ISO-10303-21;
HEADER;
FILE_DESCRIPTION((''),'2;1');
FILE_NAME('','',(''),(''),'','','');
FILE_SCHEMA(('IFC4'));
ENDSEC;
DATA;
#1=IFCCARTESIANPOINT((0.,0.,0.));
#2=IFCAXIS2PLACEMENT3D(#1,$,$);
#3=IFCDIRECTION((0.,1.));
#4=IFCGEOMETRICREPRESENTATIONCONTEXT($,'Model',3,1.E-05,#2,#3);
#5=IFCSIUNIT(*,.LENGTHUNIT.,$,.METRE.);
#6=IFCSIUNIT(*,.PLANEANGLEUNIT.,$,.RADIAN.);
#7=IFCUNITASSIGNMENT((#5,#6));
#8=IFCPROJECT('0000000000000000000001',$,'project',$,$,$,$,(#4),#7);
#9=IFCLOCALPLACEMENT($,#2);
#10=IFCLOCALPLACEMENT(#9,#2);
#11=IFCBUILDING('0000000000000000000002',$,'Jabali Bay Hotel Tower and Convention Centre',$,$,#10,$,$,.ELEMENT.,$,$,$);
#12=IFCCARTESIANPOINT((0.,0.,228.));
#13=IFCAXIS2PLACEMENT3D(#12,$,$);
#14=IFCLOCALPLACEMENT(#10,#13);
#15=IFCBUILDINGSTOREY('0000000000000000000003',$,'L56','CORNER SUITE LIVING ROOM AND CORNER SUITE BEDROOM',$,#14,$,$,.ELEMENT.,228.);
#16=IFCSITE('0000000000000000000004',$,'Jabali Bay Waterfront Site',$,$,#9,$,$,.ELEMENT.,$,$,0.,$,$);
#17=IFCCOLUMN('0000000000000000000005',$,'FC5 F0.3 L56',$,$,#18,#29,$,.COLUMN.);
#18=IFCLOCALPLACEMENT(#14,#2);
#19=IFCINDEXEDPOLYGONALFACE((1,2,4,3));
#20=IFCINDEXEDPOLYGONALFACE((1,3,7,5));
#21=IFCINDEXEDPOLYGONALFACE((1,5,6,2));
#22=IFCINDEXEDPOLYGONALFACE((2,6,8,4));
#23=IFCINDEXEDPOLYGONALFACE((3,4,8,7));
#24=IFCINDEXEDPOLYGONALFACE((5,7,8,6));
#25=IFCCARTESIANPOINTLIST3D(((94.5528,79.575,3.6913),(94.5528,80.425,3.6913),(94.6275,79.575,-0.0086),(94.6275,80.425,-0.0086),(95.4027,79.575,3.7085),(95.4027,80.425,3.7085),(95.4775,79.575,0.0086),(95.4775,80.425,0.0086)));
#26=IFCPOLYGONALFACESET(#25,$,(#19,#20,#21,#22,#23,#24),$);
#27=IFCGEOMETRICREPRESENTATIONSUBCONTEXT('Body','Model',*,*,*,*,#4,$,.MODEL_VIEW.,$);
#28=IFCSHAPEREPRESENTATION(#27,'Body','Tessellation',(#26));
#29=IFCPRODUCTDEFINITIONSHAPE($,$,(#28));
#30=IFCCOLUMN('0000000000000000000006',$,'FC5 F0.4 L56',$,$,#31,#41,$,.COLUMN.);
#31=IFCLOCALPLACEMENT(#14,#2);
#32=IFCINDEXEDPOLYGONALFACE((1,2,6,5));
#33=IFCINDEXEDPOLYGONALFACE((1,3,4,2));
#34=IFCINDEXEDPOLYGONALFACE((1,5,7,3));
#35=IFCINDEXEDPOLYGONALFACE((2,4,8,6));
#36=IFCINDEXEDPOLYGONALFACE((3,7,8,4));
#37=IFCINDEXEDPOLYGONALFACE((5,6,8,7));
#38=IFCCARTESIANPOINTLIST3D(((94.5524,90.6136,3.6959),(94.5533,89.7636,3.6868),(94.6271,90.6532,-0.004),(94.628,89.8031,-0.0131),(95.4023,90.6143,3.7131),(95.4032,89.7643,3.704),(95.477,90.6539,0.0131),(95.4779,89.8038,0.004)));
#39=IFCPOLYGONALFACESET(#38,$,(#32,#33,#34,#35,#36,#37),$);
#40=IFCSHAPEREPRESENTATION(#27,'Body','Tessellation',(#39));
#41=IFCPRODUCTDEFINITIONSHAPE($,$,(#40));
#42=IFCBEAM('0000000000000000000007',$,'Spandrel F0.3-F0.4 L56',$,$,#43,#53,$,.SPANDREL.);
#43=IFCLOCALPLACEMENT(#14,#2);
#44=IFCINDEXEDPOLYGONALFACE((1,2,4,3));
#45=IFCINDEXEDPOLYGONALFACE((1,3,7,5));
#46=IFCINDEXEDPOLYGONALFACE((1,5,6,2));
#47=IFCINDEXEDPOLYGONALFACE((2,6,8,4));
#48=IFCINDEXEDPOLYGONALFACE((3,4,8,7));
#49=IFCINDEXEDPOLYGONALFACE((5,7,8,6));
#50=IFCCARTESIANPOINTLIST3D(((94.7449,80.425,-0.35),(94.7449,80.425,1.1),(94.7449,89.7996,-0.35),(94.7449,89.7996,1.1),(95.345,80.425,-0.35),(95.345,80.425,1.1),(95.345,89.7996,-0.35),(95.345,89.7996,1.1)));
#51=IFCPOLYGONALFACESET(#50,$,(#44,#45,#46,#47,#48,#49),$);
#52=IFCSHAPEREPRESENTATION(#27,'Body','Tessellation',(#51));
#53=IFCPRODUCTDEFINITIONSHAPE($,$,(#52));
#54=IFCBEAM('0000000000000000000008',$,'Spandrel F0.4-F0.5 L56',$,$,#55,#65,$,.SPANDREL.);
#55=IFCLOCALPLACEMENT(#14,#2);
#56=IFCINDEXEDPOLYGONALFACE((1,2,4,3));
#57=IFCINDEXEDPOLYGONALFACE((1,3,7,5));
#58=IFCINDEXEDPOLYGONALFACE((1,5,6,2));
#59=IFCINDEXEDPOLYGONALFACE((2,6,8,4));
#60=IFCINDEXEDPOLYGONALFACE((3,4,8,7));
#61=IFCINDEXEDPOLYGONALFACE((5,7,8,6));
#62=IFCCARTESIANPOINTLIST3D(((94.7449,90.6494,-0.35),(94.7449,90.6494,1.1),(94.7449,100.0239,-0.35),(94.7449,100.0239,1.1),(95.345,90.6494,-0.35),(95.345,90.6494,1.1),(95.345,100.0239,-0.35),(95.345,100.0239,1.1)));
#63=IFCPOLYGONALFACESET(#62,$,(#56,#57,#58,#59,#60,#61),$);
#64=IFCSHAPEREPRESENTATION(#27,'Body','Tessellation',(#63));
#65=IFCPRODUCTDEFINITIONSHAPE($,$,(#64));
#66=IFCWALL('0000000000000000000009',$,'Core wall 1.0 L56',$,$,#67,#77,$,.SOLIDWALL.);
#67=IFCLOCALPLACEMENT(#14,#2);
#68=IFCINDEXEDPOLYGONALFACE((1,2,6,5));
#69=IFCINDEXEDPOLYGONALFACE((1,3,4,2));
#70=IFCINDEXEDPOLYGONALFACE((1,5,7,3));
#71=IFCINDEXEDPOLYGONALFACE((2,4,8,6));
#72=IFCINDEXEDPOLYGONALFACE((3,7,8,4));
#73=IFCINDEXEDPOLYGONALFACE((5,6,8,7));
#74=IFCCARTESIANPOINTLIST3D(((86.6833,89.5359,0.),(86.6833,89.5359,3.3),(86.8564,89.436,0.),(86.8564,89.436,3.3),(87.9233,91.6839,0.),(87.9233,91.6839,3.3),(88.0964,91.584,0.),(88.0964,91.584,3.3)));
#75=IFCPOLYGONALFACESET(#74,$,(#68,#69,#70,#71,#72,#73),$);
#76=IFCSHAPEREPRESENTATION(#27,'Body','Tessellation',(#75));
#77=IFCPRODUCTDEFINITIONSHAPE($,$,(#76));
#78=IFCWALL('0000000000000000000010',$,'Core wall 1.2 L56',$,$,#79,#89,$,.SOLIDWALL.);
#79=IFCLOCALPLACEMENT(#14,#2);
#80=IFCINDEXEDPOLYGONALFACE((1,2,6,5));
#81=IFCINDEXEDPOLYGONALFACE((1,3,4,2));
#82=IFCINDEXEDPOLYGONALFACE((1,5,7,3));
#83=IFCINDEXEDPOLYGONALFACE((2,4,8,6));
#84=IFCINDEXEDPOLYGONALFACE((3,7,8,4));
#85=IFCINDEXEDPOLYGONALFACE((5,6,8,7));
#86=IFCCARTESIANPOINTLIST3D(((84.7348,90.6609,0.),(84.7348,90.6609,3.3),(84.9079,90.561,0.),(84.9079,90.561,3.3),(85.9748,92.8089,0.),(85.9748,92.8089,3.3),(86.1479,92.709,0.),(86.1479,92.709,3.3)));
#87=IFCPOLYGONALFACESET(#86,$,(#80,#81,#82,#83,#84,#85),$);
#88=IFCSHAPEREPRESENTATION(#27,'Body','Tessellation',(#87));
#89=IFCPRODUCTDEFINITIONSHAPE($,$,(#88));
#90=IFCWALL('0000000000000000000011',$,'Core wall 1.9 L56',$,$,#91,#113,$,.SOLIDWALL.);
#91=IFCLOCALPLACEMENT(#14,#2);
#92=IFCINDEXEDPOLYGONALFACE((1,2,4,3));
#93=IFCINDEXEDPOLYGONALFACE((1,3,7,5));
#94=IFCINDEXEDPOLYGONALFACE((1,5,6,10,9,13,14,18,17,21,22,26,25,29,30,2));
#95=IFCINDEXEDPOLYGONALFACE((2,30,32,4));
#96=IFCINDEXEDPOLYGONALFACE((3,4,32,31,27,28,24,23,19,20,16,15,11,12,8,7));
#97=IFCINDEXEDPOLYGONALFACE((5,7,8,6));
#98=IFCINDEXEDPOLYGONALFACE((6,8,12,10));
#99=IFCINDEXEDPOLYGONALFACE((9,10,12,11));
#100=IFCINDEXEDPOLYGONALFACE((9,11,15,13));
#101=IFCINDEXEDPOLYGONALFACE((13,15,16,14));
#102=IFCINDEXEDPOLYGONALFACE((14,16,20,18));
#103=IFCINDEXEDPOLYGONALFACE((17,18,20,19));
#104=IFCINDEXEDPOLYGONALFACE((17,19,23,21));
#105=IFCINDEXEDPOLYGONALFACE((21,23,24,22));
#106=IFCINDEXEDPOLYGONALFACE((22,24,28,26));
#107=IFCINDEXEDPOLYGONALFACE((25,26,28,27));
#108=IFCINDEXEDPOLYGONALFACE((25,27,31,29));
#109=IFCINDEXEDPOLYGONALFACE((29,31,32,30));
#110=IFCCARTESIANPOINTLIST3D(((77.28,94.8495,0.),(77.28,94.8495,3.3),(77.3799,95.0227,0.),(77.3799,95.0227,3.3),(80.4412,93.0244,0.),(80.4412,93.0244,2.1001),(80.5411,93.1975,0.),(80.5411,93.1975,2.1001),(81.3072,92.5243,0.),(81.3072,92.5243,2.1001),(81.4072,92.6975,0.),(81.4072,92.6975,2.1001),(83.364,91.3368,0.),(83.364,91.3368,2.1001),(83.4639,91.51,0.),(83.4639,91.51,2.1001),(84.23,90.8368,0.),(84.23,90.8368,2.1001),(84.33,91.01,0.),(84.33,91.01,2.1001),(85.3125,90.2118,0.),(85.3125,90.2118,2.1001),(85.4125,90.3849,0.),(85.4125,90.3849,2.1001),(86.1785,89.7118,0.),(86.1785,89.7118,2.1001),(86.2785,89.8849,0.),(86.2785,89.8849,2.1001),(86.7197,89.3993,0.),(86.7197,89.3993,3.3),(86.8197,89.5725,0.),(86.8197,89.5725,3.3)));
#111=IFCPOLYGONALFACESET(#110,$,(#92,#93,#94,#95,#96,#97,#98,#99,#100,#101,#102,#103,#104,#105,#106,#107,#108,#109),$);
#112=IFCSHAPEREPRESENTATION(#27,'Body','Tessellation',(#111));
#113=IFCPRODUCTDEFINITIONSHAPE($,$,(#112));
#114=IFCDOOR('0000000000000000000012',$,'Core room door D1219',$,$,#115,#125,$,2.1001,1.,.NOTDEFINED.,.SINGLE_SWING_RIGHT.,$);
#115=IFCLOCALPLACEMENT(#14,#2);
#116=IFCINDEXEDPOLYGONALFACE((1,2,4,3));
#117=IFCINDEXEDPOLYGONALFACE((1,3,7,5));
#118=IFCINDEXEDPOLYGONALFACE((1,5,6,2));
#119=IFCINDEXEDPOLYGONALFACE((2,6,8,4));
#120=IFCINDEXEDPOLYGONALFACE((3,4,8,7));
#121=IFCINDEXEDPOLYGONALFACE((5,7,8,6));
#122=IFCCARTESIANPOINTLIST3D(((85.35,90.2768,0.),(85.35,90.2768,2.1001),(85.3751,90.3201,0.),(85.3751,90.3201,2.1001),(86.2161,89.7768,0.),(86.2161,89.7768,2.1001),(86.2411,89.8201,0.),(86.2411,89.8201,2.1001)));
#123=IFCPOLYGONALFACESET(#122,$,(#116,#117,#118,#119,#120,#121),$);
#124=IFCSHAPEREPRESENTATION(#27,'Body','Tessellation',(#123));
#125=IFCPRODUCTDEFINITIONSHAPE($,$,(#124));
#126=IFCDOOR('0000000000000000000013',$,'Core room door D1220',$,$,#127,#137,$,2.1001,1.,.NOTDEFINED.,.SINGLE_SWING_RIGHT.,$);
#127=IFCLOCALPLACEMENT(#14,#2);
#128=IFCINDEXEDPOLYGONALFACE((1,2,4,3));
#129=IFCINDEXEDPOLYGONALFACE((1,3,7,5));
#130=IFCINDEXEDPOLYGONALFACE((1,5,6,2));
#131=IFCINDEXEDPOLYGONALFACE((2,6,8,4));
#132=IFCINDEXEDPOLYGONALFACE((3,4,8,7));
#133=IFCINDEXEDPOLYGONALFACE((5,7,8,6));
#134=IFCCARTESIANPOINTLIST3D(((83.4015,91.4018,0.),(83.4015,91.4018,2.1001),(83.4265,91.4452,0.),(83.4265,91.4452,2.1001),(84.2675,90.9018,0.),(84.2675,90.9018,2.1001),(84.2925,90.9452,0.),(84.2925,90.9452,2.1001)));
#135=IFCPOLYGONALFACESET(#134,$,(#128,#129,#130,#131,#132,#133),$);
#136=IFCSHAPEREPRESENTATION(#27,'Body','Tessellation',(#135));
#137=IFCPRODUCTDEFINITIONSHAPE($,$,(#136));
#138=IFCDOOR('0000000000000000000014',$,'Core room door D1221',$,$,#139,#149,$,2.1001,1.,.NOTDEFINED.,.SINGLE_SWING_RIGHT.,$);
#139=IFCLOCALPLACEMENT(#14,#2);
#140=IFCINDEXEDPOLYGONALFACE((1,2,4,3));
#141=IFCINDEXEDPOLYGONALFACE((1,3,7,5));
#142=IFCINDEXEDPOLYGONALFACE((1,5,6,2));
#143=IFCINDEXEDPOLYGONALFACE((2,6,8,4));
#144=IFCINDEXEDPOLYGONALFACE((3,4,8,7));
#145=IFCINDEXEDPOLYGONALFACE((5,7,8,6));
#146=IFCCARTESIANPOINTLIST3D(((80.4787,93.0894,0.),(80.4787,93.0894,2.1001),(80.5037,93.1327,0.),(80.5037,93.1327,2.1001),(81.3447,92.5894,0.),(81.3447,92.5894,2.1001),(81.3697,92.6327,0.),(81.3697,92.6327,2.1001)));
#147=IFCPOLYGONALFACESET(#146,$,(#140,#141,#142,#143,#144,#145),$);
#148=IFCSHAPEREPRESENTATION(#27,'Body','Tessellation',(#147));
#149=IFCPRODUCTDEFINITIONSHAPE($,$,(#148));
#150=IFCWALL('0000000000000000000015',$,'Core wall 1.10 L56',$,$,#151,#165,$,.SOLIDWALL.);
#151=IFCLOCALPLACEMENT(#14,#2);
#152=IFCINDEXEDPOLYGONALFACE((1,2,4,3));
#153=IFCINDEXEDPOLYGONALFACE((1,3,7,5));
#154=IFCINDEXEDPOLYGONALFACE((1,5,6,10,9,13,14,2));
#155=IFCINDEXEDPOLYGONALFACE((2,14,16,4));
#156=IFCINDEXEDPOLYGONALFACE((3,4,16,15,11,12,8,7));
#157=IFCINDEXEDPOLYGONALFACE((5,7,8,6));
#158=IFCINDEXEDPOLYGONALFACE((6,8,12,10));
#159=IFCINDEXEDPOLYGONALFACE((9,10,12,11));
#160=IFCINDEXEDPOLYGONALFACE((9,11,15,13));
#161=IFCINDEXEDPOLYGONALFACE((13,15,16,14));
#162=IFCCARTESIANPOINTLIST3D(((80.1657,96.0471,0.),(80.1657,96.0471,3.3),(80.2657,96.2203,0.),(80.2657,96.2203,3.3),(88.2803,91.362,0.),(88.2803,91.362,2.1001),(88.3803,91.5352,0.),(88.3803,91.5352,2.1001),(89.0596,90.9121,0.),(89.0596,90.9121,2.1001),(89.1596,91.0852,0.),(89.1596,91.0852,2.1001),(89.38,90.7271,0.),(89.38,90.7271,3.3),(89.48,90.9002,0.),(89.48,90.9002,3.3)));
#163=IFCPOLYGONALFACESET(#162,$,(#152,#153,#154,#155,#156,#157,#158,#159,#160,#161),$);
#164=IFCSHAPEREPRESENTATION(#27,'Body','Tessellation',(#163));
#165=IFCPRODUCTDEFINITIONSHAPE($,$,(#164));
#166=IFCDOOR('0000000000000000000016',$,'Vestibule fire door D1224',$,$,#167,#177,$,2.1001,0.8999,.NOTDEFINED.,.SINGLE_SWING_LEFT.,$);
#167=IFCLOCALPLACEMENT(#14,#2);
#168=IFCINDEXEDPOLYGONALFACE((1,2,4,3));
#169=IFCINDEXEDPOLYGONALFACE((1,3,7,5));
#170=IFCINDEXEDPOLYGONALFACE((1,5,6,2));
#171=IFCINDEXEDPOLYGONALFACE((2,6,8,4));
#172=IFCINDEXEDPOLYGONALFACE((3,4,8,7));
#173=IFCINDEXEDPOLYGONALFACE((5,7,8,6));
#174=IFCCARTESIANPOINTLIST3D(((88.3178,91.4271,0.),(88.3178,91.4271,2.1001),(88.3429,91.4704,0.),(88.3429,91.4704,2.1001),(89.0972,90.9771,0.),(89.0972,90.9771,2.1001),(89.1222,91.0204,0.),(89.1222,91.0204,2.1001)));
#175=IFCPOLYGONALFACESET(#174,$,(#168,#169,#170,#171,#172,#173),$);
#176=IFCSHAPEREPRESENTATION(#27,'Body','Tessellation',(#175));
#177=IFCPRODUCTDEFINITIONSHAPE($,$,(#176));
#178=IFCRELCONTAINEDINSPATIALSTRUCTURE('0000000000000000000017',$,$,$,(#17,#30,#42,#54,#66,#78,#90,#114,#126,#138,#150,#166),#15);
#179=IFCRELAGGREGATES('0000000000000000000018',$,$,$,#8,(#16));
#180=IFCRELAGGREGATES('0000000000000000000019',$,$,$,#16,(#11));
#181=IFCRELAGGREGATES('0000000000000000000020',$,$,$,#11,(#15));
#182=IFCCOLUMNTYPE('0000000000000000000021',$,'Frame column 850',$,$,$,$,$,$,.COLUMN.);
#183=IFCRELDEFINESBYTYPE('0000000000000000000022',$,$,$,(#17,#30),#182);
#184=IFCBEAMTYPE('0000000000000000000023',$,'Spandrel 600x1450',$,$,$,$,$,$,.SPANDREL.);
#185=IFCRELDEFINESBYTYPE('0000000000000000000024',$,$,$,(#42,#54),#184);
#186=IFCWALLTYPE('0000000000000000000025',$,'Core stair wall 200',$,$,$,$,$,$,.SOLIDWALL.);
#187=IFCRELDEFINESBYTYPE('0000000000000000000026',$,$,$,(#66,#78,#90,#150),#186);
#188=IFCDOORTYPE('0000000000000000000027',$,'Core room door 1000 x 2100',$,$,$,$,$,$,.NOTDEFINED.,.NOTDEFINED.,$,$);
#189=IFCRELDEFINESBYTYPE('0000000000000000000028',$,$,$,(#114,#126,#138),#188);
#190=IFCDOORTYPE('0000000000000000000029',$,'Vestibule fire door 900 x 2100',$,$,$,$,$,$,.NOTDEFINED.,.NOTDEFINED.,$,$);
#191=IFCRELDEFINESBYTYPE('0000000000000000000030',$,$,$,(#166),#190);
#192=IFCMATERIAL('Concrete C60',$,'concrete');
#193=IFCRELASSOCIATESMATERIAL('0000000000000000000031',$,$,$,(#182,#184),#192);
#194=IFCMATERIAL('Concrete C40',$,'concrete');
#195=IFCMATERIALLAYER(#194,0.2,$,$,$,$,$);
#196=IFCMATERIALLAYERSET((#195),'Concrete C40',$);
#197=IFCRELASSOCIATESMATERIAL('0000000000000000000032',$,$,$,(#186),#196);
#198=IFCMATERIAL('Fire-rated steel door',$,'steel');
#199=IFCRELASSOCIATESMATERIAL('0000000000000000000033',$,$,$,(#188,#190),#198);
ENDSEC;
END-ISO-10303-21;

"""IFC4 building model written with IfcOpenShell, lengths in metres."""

from ifc_helpers import new_model, si_unit, direction, frame, frame_2d, origin, origin_2d, place, context, subcontext, project, spatial, rectangle, extrude, material, layer, layer_set, material_profile, profile_set, type_object, element, fill, save


model = new_model("IFC4")

# Units and contexts
model_context = context("Model", 3, precision=1e-05, world=origin(), true_north=direction((0.0, 1.0)))
body_context = subcontext(model_context, "Body", "Model", "MODEL_VIEW")
ifc_project = project(units=[si_unit("LENGTHUNIT", "METRE"), si_unit("PLANEANGLEUNIT", "RADIAN")], contexts=[model_context])

# Site, building, storey
site_placement = place(None, origin())
site = spatial("IfcSite", under=ifc_project, at=site_placement, Name="Jabali Bay Waterfront Site", CompositionType="ELEMENT", RefElevation=0.0)
building_placement = place(site_placement, origin())
building = spatial("IfcBuilding", under=site, at=building_placement, Name="Jabali Bay Hotel Tower and Convention Centre", CompositionType="ELEMENT")
storey_placement = place(building_placement, frame((0.0, 0.0, 228.0)))
storey = spatial("IfcBuildingStorey", under=building, at=storey_placement, Name="L56", Description="CORNER SUITE LIVING ROOM AND CORNER SUITE BEDROOM", CompositionType="ELEMENT", Elevation=228.0)

# Columns
ifc_material_1 = material(Name="Concrete C60", Category="concrete")
ifc_material_profile_1 = material_profile(ifc_material_1, rectangle(XDim=0.8501, YDim=0.8501, at=origin_2d()), Name="Frame column 850")
ifc_profile_set_1 = profile_set([ifc_material_profile_1], Name="Concrete C60")
column_type = type_object("IfcColumnType", Name="Frame column 850", PredefinedType="COLUMN", material=ifc_profile_set_1)
column_1_placement = place(storey_placement, frame((95.0525, 80.0, 0.0), z_axis=(-0.020187, 0.0, 0.999796), x_axis=(0.0, -1.0, 0.0)))
element("IfcColumn", 1, at=column_1_placement, inside=storey, type_object=column_type, Name="FC5 F0.3 L56", PredefinedType="COLUMN", context=body_context, shape_type="SweptSolid", body=[
    extrude(rectangle(XDim=0.8501, YDim=0.8501, at=origin_2d()), origin(), (0.0, 0.0, 1.0), 3.7007),
])
column_2_placement = place(storey_placement, frame((95.0525, 90.2285, 0.0), z_axis=(-0.020186, -0.010687, 0.999739), x_axis=(0.999796, 0.000808, 0.020196)))
element("IfcColumn", 2, at=column_2_placement, inside=storey, type_object=column_type, Name="FC5 F0.4 L56", PredefinedType="COLUMN", context=body_context, shape_type="SweptSolid", body=[
    extrude(rectangle(XDim=0.8501, YDim=0.8501, at=origin_2d()), origin(), (0.0, 0.0, 1.0), 3.7009),
])

# Beams
ifc_material_profile_2 = material_profile(ifc_material_1, rectangle(XDim=0.6001, YDim=1.45, at=origin_2d()), Name="Spandrel 600x1450")
ifc_profile_set_2 = profile_set([ifc_material_profile_2], Name="Concrete C60")
beam_type = type_object("IfcBeamType", Name="Spandrel 600x1450", PredefinedType="SPANDREL", material=ifc_profile_set_2)
for number, where, z_axis, x_axis, name in (
    (3, (95.0449, 80.425, 0.375), (0.0, 1.0, 0.0), (-1.0, 0.0, 0.0), "Spandrel F0.3-F0.4 L56"),
    (4, (95.0449, 90.6494, 0.375), (0.0, 1.0, 0.0), (-1.0, 0.0, 0.0), "Spandrel F0.4-F0.5 L56"),
):
    element("IfcBeam", number, at=place(storey_placement, frame(where, z_axis=z_axis, x_axis=x_axis)), inside=storey, type_object=beam_type, Name=name, PredefinedType="SPANDREL", context=body_context, shape_type="SweptSolid", body=[
        extrude(rectangle(XDim=0.6001, YDim=1.45, at=origin_2d()), origin(), (0.0, 0.0, 1.0), 9.3745),
    ])

# Walls
ifc_material_2 = material(Name="Concrete C40", Category="concrete")
ifc_layer_1 = layer(ifc_material_2, 0.2)
ifc_layer_set_1 = layer_set([ifc_layer_1], Name="Concrete C40")
wall_type_1 = type_object("IfcWallType", Name="Core stair wall 200", PredefinedType="SOLIDWALL", material=ifc_layer_set_1)
for number, where, z_axis, x_axis, name in (
    (5, (86.7698, 89.4858, 0.0), (0.0, 0.0, 1.0), (0.499961, 0.866048, 0.0), "Core wall 1.0 L56"),
    (6, (84.8213, 90.6108, 0.0), (0.0, 0.0, 1.0), (0.499961, 0.866048, 0.0), "Core wall 1.2 L56"),
):
    element("IfcWall", number, at=place(storey_placement, frame(where, z_axis=z_axis, x_axis=x_axis)), inside=storey, type_object=wall_type_1, Name=name, PredefinedType="SOLIDWALL", context=body_context, shape_type="SweptSolid", body=[
        extrude(rectangle(XDim=2.4802, YDim=0.2, at=frame_2d((1.2402, 0.0))), origin(), (0.0, 0.0, 1.0), 3.3),
    ])

# Wall, openings, doors
wall_1_placement = place(storey_placement, frame((86.7698, 89.4858, 0.0), z_axis=(0.0, 0.0, 1.0), x_axis=(-0.866018, 0.500013, 0.0)))
wall_1 = element("IfcWall", 7, at=wall_1_placement, inside=storey, type_object=wall_type_1, Name="Core wall 1.9 L56", PredefinedType="SOLIDWALL", context=body_context, shape_type="SweptSolid", body=[
    extrude(rectangle(XDim=10.9001, YDim=0.2, at=frame_2d((5.4502, 0.0))), origin(), (0.0, 0.0, 1.0), 3.3),
])
opening_1_placement = place(wall_1_placement, frame((0.625, 0.0, 0.0)))
opening_1 = element("IfcOpeningElement", 8, at=opening_1_placement, cuts=wall_1, PredefinedType="OPENING", context=body_context, shape_type="SweptSolid", body=[
    extrude(rectangle(XDim=1.0, YDim=2.1001, at=frame_2d((0.5, 1.05))), frame((0.0, 0.1104, 0.0), z_axis=(0.0, -1.0, 0.0), x_axis=(1.0, 0.0, 0.0)), (0.0, 0.0, 1.0), 0.2209),
])
opening_2_placement = place(wall_1_placement, frame((2.875, 0.0, 0.0)))
opening_2 = element("IfcOpeningElement", 9, at=opening_2_placement, cuts=wall_1, PredefinedType="OPENING", context=body_context, shape_type="SweptSolid", body=[
    extrude(rectangle(XDim=1.0, YDim=2.1001, at=frame_2d((0.5, 1.05))), frame((0.0, 0.1104, 0.0), z_axis=(0.0, -1.0, 0.0), x_axis=(1.0, 0.0, 0.0)), (0.0, 0.0, 1.0), 0.2209),
])
opening_3_placement = place(wall_1_placement, frame((6.25, 0.0, 0.0)))
opening_3 = element("IfcOpeningElement", 10, at=opening_3_placement, cuts=wall_1, PredefinedType="OPENING", context=body_context, shape_type="SweptSolid", body=[
    extrude(rectangle(XDim=1.0, YDim=2.1001, at=frame_2d((0.5, 1.05))), frame((0.0, 0.1104, 0.0), z_axis=(0.0, -1.0, 0.0), x_axis=(1.0, 0.0, 0.0)), (0.0, 0.0, 1.0), 0.2209),
])
ifc_material_3 = material(Name="Fire-rated steel door", Category="steel")
door_type_1 = type_object("IfcDoorType", Name="Core room door 1000 x 2100", OperationType="NOTDEFINED", PredefinedType="NOTDEFINED", material=ifc_material_3)
door_1_placement = place(opening_1_placement, origin())
door_1 = element("IfcDoor", 11, at=door_1_placement, inside=storey, type_object=door_type_1, Name="Core room door D1219", OperationType="SINGLE_SWING_RIGHT", OverallHeight=2.1001, OverallWidth=1.0, PredefinedType="NOTDEFINED", context=body_context, shape_type="SweptSolid", body=[
    extrude(rectangle(XDim=1.0, YDim=2.1001, at=frame_2d((0.5, 1.05))), frame((0.0, 0.0249, 0.0), z_axis=(0.0, -1.0, 0.0), x_axis=(1.0, 0.0, 0.0)), (0.0, 0.0, 1.0), 0.05),
])
fill(opening_1, door_1)
door_2_placement = place(opening_2_placement, origin())
door_2 = element("IfcDoor", 12, at=door_2_placement, inside=storey, type_object=door_type_1, Name="Core room door D1220", OperationType="SINGLE_SWING_RIGHT", OverallHeight=2.1001, OverallWidth=1.0, PredefinedType="NOTDEFINED", context=body_context, shape_type="SweptSolid", body=[
    extrude(rectangle(XDim=1.0, YDim=2.1001, at=frame_2d((0.5, 1.05))), frame((0.0, 0.0249, 0.0), z_axis=(0.0, -1.0, 0.0), x_axis=(1.0, 0.0, 0.0)), (0.0, 0.0, 1.0), 0.05),
])
fill(opening_2, door_2)
door_3_placement = place(opening_3_placement, origin())
door_3 = element("IfcDoor", 13, at=door_3_placement, inside=storey, type_object=door_type_1, Name="Core room door D1221", OperationType="SINGLE_SWING_RIGHT", OverallHeight=2.1001, OverallWidth=1.0, PredefinedType="NOTDEFINED", context=body_context, shape_type="SweptSolid", body=[
    extrude(rectangle(XDim=1.0, YDim=2.1001, at=frame_2d((0.5, 1.05))), frame((0.0, 0.0249, 0.0), z_axis=(0.0, -1.0, 0.0), x_axis=(1.0, 0.0, 0.0)), (0.0, 0.0, 1.0), 0.05),
])
fill(opening_3, door_3)

# Wall, opening, door
wall_2_placement = place(storey_placement, frame((89.4299, 90.8137, 0.0), z_axis=(0.0, 0.0, 1.0), x_axis=(-0.866019, 0.500011, 0.0)))
wall_2 = element("IfcWall", 14, at=wall_2_placement, inside=storey, type_object=wall_type_1, Name="Core wall 1.10 L56", PredefinedType="SOLIDWALL", context=body_context, shape_type="SweptSolid", body=[
    extrude(rectangle(XDim=10.6399, YDim=0.2, at=frame_2d((5.3198, 0.0))), origin(), (0.0, 0.0, 1.0), 3.3),
])
opening_4_placement = place(wall_2_placement, frame((0.3699, 0.0, 0.0)))
opening_4 = element("IfcOpeningElement", 15, at=opening_4_placement, cuts=wall_2, PredefinedType="OPENING", context=body_context, shape_type="SweptSolid", body=[
    extrude(rectangle(XDim=0.8999, YDim=2.1001, at=frame_2d((0.45, 1.05))), frame((0.0, 0.1104, 0.0), z_axis=(0.0, -1.0, 0.0), x_axis=(1.0, 0.0, 0.0)), (0.0, 0.0, 1.0), 0.2209),
])
door_type_2 = type_object("IfcDoorType", Name="Vestibule fire door 900 x 2100", OperationType="NOTDEFINED", PredefinedType="NOTDEFINED", material=ifc_material_3)
door_4_placement = place(opening_4_placement, origin())
door_4 = element("IfcDoor", 16, at=door_4_placement, inside=storey, type_object=door_type_2, Name="Vestibule fire door D1224", OperationType="SINGLE_SWING_LEFT", OverallHeight=2.1001, OverallWidth=0.8999, PredefinedType="NOTDEFINED", context=body_context, shape_type="SweptSolid", body=[
    extrude(rectangle(XDim=0.8999, YDim=2.1001, at=frame_2d((0.45, 1.05))), frame((0.0, 0.0249, 0.0), z_axis=(0.0, -1.0, 0.0), x_axis=(1.0, 0.0, 0.0)), (0.0, 0.0, 1.0), 0.05),
])
fill(opening_4, door_4)

save(model, "model.ifc")
